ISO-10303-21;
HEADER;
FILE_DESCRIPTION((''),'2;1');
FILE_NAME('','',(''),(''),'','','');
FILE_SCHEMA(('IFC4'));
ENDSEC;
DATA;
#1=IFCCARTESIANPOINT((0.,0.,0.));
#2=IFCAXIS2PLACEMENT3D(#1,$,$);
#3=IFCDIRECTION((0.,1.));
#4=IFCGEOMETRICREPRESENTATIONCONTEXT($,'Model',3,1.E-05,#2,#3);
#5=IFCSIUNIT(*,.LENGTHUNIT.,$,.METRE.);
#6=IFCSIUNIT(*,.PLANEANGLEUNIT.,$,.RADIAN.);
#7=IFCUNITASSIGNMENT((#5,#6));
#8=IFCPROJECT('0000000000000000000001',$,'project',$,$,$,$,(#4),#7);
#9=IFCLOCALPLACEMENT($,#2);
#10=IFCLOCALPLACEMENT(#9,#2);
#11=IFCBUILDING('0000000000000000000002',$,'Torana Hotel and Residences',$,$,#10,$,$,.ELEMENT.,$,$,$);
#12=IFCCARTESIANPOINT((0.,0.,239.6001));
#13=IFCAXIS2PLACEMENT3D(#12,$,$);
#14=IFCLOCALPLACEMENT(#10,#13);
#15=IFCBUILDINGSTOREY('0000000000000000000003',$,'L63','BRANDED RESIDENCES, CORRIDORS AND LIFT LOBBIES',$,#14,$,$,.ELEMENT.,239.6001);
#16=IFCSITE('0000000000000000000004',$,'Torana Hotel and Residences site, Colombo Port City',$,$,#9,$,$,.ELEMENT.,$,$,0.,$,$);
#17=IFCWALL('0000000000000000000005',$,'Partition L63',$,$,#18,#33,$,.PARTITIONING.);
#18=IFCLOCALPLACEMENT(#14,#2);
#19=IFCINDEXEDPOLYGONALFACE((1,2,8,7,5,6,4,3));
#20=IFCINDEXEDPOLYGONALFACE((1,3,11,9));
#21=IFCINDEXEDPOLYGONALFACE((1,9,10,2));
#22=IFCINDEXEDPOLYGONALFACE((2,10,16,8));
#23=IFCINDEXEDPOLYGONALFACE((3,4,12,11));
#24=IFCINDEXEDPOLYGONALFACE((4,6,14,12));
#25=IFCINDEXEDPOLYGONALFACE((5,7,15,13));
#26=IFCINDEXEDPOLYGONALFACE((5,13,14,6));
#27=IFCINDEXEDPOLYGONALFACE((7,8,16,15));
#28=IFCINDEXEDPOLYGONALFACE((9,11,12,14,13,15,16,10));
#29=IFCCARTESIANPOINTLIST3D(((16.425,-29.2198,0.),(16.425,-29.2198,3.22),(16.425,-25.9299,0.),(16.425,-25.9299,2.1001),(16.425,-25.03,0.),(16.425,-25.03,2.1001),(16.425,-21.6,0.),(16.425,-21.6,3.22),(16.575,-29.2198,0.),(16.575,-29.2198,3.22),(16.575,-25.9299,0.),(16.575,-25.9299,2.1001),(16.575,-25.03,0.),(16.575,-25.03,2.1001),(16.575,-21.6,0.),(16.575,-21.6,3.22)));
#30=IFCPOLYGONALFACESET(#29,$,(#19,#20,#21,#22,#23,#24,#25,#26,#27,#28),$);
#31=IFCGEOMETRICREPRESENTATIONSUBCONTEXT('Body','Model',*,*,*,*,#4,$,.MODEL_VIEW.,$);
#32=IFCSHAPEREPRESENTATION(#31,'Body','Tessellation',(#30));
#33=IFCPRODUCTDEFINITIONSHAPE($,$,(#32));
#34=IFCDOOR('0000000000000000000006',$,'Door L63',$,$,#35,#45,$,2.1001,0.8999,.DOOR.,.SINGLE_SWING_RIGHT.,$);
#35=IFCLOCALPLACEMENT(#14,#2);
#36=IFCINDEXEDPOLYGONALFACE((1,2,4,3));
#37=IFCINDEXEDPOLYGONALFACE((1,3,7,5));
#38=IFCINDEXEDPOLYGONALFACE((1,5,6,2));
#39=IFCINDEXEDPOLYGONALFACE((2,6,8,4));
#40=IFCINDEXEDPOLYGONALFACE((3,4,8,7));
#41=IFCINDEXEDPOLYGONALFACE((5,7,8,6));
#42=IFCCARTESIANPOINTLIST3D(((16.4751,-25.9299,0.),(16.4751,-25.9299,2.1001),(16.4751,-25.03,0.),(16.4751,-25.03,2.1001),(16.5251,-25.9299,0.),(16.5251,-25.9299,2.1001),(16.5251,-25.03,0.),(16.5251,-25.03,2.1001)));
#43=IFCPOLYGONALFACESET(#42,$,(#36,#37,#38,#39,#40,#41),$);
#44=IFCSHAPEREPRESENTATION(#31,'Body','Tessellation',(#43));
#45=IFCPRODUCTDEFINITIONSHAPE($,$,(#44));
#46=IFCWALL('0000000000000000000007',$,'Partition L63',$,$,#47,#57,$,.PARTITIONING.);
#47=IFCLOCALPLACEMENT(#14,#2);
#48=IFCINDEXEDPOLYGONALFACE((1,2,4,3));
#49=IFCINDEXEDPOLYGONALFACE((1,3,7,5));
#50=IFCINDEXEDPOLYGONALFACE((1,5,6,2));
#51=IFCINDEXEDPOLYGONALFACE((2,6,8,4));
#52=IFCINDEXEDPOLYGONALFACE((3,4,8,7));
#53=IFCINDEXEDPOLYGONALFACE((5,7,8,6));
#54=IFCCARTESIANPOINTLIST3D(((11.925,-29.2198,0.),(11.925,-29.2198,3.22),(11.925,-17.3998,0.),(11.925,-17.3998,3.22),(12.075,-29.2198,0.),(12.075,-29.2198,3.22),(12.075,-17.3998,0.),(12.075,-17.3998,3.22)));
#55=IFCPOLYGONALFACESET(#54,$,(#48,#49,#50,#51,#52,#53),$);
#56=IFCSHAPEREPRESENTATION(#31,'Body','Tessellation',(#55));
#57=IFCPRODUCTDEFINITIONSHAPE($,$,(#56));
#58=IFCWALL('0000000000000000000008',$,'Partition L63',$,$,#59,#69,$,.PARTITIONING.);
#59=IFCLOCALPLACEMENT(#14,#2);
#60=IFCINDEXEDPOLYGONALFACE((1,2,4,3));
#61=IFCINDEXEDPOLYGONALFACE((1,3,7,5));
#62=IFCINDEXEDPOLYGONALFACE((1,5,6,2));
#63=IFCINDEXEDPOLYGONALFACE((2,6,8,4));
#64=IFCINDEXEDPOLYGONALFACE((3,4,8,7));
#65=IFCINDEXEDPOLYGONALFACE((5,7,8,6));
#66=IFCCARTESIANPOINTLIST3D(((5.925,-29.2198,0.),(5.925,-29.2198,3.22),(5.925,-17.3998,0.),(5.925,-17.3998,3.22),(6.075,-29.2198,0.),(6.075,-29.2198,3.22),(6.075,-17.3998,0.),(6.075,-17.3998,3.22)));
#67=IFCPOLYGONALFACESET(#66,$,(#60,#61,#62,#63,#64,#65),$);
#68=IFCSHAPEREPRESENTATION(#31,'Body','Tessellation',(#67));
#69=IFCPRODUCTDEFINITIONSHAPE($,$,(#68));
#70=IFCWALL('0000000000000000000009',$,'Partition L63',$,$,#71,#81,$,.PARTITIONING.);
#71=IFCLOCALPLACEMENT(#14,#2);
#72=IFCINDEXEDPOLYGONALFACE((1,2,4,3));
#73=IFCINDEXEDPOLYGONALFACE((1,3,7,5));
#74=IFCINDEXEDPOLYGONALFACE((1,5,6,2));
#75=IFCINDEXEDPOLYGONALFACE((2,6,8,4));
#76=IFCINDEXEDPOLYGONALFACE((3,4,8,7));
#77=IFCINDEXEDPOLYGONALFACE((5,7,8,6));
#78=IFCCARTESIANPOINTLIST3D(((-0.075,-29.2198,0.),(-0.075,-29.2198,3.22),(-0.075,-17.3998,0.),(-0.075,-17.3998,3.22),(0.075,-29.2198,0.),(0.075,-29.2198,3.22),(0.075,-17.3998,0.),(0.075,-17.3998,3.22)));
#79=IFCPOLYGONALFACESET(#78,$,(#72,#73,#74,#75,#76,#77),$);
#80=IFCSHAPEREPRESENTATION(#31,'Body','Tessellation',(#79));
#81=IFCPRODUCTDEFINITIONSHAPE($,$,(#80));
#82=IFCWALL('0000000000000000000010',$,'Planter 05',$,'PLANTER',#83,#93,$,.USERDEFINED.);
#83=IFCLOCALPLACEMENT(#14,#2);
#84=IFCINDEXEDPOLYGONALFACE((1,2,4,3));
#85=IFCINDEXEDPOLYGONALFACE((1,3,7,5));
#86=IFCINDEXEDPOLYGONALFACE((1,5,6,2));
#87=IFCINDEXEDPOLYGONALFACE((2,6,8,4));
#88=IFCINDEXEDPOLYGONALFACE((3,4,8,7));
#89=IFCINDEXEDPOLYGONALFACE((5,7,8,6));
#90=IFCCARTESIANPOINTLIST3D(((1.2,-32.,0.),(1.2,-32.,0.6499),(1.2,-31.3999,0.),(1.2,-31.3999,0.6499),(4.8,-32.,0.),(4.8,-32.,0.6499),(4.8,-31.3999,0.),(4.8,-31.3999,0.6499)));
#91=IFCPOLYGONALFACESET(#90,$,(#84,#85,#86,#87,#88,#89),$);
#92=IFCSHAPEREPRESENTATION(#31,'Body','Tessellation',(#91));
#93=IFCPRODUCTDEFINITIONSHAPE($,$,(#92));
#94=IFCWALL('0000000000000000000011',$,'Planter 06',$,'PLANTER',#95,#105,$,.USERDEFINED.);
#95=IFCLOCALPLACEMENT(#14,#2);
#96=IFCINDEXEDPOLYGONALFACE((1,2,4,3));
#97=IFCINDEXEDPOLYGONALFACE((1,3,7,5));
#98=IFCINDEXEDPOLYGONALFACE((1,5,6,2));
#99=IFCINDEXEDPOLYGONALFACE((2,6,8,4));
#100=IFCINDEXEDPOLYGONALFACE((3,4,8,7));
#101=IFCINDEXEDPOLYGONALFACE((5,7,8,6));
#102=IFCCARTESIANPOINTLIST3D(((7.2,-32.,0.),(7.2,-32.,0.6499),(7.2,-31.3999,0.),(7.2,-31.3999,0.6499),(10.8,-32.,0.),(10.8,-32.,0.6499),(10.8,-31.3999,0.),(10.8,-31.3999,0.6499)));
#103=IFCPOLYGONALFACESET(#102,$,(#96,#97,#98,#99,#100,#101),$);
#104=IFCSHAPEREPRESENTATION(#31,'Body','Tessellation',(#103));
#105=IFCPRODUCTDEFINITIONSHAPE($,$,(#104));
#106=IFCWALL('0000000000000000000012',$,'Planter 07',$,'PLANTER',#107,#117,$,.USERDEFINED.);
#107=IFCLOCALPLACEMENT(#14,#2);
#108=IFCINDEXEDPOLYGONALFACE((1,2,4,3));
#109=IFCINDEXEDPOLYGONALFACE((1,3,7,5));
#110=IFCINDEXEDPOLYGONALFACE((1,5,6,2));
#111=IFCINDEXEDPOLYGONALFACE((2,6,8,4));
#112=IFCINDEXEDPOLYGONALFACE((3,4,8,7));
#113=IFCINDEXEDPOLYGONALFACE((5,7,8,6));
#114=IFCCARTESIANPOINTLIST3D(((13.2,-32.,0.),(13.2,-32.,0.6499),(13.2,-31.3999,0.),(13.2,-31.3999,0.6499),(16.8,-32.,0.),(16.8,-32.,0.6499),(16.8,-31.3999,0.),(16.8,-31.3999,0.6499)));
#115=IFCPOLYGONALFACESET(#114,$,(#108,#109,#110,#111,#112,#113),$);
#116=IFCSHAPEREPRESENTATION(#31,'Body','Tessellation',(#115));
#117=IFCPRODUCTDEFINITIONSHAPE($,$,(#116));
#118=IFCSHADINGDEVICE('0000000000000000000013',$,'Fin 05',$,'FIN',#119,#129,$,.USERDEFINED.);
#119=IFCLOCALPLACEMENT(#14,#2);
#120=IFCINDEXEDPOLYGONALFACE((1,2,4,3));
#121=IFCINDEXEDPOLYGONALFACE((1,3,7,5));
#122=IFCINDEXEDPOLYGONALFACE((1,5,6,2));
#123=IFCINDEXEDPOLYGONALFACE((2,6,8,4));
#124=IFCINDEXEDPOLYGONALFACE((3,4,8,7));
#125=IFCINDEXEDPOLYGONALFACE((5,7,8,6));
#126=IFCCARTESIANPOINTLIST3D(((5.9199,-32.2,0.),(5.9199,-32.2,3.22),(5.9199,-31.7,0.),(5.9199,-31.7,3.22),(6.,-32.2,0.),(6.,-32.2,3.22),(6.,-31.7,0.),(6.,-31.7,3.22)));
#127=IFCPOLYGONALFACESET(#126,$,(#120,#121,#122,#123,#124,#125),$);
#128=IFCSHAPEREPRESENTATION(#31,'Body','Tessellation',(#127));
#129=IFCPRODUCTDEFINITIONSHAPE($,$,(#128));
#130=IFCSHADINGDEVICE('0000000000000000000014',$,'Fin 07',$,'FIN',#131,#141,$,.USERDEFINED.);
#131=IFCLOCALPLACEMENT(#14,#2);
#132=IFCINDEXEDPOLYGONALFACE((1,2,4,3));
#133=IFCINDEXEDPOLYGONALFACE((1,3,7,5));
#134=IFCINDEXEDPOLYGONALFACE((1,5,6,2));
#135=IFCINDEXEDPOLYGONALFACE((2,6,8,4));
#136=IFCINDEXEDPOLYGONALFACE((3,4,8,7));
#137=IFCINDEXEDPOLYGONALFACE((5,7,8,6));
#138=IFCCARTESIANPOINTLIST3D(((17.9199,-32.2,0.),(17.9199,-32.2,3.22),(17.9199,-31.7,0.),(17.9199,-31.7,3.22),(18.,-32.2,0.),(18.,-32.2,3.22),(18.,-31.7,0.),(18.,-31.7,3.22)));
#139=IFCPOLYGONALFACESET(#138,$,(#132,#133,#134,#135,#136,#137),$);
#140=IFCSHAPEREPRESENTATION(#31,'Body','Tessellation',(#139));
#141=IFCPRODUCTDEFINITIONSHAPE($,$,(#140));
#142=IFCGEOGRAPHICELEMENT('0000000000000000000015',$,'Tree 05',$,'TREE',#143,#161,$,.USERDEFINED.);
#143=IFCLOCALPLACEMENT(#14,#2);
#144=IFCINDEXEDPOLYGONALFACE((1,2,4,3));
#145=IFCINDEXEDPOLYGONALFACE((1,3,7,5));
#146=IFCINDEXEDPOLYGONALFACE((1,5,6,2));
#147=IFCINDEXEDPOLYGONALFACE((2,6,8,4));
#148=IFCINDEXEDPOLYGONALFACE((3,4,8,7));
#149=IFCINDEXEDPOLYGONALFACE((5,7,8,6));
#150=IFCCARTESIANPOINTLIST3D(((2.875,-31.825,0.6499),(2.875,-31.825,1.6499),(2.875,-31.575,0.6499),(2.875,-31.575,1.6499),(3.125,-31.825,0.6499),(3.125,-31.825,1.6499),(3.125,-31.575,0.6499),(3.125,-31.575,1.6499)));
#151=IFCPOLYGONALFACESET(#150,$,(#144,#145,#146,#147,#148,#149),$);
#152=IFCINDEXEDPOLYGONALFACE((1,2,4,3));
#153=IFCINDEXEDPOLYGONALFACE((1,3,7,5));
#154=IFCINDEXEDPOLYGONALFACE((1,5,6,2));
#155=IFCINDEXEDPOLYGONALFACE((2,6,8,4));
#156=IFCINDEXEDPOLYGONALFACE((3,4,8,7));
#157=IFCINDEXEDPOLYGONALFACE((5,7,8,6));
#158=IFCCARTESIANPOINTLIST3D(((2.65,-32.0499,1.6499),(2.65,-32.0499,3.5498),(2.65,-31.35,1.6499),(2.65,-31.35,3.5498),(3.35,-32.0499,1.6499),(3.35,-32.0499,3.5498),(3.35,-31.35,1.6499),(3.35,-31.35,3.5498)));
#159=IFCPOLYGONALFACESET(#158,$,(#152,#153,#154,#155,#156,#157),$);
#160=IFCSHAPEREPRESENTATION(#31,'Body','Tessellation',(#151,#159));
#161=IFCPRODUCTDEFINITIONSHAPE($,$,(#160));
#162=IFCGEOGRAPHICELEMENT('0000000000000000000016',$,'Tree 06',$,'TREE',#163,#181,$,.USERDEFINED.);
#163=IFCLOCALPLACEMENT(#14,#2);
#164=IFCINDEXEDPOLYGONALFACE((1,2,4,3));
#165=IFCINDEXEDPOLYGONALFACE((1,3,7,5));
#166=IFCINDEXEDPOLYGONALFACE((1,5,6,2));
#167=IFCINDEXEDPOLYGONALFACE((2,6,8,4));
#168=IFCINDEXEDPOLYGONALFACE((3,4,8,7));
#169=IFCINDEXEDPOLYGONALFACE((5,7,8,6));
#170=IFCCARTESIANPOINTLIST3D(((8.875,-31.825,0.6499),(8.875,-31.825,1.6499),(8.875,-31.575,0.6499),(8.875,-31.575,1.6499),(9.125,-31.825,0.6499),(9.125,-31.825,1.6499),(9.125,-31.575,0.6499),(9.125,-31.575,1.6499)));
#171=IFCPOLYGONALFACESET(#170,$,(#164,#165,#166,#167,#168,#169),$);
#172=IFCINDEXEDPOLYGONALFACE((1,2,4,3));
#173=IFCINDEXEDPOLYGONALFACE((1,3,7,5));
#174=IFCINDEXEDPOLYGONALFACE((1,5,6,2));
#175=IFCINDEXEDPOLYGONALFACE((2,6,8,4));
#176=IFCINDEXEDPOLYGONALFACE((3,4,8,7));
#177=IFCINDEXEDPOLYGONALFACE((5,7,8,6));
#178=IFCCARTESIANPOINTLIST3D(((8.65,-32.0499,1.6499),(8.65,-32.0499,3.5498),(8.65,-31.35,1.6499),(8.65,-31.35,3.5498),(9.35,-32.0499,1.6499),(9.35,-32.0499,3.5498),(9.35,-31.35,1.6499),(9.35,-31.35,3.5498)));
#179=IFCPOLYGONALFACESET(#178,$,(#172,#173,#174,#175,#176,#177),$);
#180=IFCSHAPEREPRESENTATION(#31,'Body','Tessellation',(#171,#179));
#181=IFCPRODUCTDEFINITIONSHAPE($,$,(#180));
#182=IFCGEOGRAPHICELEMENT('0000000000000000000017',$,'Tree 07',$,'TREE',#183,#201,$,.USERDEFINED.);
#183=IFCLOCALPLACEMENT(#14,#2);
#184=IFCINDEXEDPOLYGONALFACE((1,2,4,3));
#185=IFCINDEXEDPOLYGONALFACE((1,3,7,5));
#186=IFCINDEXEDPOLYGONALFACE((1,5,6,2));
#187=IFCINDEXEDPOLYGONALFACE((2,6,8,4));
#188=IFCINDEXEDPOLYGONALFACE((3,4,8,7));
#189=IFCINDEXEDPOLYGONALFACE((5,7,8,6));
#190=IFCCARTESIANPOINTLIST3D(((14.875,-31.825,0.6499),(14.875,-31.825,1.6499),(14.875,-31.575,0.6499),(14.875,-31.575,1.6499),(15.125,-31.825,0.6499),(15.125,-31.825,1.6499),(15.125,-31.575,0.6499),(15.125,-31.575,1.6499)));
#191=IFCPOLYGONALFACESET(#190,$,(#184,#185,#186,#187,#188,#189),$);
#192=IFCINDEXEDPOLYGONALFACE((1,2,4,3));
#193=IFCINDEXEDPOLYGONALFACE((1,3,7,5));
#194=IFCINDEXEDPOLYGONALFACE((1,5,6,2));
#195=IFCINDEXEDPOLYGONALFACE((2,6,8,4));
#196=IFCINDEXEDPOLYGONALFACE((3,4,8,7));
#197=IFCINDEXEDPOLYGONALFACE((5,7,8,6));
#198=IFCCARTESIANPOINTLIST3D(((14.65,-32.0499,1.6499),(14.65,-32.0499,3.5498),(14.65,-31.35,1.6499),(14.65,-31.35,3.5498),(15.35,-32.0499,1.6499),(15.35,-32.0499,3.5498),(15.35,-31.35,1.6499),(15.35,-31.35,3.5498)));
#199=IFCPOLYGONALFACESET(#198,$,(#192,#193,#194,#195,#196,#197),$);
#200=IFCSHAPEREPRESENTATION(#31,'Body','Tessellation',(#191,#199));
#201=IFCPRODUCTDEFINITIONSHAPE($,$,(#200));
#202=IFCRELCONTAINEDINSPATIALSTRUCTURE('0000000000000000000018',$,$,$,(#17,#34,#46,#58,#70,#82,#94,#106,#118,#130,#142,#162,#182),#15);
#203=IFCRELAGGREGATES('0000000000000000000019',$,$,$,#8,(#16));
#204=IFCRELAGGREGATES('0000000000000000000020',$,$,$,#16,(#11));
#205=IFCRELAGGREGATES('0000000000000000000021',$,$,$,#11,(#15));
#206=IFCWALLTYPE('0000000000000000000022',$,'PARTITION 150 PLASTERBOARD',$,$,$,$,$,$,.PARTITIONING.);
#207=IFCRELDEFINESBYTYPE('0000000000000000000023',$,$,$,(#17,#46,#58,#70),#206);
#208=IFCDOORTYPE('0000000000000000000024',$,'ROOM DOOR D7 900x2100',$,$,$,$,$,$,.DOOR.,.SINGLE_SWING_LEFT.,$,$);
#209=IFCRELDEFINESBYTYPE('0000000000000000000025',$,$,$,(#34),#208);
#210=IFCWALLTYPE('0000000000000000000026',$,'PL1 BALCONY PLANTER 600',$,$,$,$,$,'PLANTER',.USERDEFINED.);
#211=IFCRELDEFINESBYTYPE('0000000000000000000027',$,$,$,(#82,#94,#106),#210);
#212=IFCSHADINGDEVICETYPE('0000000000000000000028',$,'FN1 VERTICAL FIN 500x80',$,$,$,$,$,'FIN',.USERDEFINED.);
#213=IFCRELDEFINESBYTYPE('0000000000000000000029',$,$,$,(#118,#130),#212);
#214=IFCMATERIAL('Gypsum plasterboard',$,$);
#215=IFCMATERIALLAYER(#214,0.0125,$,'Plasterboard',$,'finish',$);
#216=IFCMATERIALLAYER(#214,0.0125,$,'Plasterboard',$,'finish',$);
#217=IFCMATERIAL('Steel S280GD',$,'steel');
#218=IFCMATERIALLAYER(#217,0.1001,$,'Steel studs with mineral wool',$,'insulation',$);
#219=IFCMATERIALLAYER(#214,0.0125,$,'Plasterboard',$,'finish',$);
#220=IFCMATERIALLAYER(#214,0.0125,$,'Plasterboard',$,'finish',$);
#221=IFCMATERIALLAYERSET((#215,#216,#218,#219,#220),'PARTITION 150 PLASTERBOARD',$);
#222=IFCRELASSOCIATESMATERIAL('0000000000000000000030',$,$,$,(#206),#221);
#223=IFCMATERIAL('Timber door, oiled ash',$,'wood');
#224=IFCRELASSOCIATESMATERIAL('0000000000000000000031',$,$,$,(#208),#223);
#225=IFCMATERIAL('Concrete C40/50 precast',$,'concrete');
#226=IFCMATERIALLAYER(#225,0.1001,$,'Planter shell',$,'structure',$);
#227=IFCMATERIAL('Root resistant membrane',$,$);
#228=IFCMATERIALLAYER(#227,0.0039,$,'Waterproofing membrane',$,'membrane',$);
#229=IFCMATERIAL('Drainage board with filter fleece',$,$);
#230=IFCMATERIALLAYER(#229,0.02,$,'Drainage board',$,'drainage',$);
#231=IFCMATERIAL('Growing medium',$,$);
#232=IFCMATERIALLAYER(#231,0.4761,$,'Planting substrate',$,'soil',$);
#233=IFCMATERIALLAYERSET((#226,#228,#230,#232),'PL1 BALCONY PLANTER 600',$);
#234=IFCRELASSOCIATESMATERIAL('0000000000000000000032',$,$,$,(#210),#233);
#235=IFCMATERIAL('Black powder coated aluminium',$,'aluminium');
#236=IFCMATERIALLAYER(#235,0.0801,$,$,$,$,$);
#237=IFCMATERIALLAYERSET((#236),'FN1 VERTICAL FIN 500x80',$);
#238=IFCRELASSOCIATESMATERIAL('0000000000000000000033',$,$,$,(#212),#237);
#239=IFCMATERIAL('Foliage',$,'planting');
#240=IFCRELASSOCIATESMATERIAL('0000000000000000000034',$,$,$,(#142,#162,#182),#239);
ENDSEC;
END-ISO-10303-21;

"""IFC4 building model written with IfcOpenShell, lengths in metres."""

from ifc_helpers import new_model, si_unit, direction, frame, frame_2d, origin, origin_2d, place, context, subcontext, project, spatial, rectangle, extrude, material, layer, layer_set, type_object, element, fill, save


model = new_model("IFC4")

# Units and contexts
model_context = context("Model", 3, precision=1e-05, world=origin(), true_north=direction((0.0, 1.0)))
body_context = subcontext(model_context, "Body", "Model", "MODEL_VIEW")
ifc_project = project(units=[si_unit("LENGTHUNIT", "METRE"), si_unit("PLANEANGLEUNIT", "RADIAN")], contexts=[model_context])

# Site, building, storey
site_placement = place(None, origin())
site = spatial("IfcSite", under=ifc_project, at=site_placement, Name="Torana Hotel and Residences site, Colombo Port City", CompositionType="ELEMENT", RefElevation=0.0)
building_placement = place(site_placement, origin())
building = spatial("IfcBuilding", under=site, at=building_placement, Name="Torana Hotel and Residences", CompositionType="ELEMENT")
storey_placement = place(building_placement, frame((0.0, 0.0, 239.6001)))
storey = spatial("IfcBuildingStorey", under=building, at=storey_placement, Name="L63", Description="BRANDED RESIDENCES, CORRIDORS AND LIFT LOBBIES", CompositionType="ELEMENT", Elevation=239.6001)

# Wall, opening, door
ifc_material_1 = material(Name="Gypsum plasterboard")
ifc_layer_1 = layer(ifc_material_1, 0.0125, Name="Plasterboard", Category="finish")
ifc_layer_2 = layer(ifc_material_1, 0.0125, Name="Plasterboard", Category="finish")
ifc_material_2 = material(Name="Steel S280GD", Category="steel")
ifc_layer_3 = layer(ifc_material_2, 0.1001, Name="Steel studs with mineral wool", Category="insulation")
ifc_layer_4 = layer(ifc_material_1, 0.0125, Name="Plasterboard", Category="finish")
ifc_layer_5 = layer(ifc_material_1, 0.0125, Name="Plasterboard", Category="finish")
ifc_layer_set_1 = layer_set([ifc_layer_1, ifc_layer_2, ifc_layer_3, ifc_layer_4, ifc_layer_5], Name="PARTITION 150 PLASTERBOARD")
wall_type_1 = type_object("IfcWallType", Name="PARTITION 150 PLASTERBOARD", PredefinedType="PARTITIONING", material=ifc_layer_set_1)
wall_placement = place(storey_placement, frame((16.5, -29.22, 0.0), z_axis=(0.0, 0.0, 1.0), x_axis=(0.0, 1.0, 0.0)))
wall = element("IfcWall", 1, at=wall_placement, inside=storey, type_object=wall_type_1, Name="Partition L63", PredefinedType="PARTITIONING", context=body_context, shape_type="SweptSolid", body=[
    extrude(rectangle(XDim=7.6199, YDim=0.1499, at=frame_2d((3.8101, 0.0))), origin(), (0.0, 0.0, 1.0), 3.22),
])
opening_placement = place(wall_placement, frame((3.29, 0.0, 0.0)))
opening = element("IfcOpeningElement", 2, at=opening_placement, cuts=wall, PredefinedType="OPENING", context=body_context, shape_type="SweptSolid", body=[
    extrude(rectangle(XDim=0.8999, YDim=2.1001, at=frame_2d((0.45, 1.05))), frame((0.0, 0.085, 0.0), z_axis=(0.0, -1.0, 0.0), x_axis=(1.0, 0.0, 0.0)), (0.0, 0.0, 1.0), 0.1699),
])
ifc_material_3 = material(Name="Timber door, oiled ash", Category="wood")
door_type = type_object("IfcDoorType", Name="ROOM DOOR D7 900x2100", OperationType="SINGLE_SWING_LEFT", PredefinedType="DOOR", material=ifc_material_3)
door_placement = place(opening_placement, origin())
door = element("IfcDoor", 3, at=door_placement, inside=storey, type_object=door_type, Name="Door L63", OperationType="SINGLE_SWING_RIGHT", OverallHeight=2.1001, OverallWidth=0.8999, PredefinedType="DOOR", context=body_context, shape_type="SweptSolid", body=[
    extrude(rectangle(XDim=0.8999, YDim=2.1001, at=frame_2d((0.45, 1.05))), frame((0.0, 0.0249, 0.0), z_axis=(0.0, -1.0, 0.0), x_axis=(1.0, 0.0, 0.0)), (0.0, 0.0, 1.0), 0.05),
])
fill(opening, door)

# Walls
for number, where, z_axis, x_axis, name in (
    (4, (12.0, -29.22, 0.0), (0.0, 0.0, 1.0), (0.0, 1.0, 0.0), "Partition L63"),
    (5, (6.0, -29.22, 0.0), (0.0, 0.0, 1.0), (0.0, 1.0, 0.0), "Partition L63"),
    (6, (0.0, -29.22, 0.0), (0.0, 0.0, 1.0), (0.0, 1.0, 0.0), "Partition L63"),
):
    element("IfcWall", number, at=place(storey_placement, frame(where, z_axis=z_axis, x_axis=x_axis)), inside=storey, type_object=wall_type_1, Name=name, PredefinedType="PARTITIONING", context=body_context, shape_type="SweptSolid", body=[
        extrude(rectangle(XDim=11.8201, YDim=0.1499, at=frame_2d((5.9102, 0.0))), origin(), (0.0, 0.0, 1.0), 3.22),
    ])
ifc_material_4 = material(Name="Concrete C40/50 precast", Category="concrete")
ifc_layer_6 = layer(ifc_material_4, 0.1001, Name="Planter shell", Category="structure")
ifc_material_5 = material(Name="Root resistant membrane")
ifc_layer_7 = layer(ifc_material_5, 0.0039, Name="Waterproofing membrane", Category="membrane")
ifc_material_6 = material(Name="Drainage board with filter fleece")
ifc_layer_8 = layer(ifc_material_6, 0.02, Name="Drainage board", Category="drainage")
ifc_material_7 = material(Name="Growing medium")
ifc_layer_9 = layer(ifc_material_7, 0.4761, Name="Planting substrate", Category="soil")
ifc_layer_set_2 = layer_set([ifc_layer_6, ifc_layer_7, ifc_layer_8, ifc_layer_9], Name="PL1 BALCONY PLANTER 600")
wall_type_2 = type_object("IfcWallType", Name="PL1 BALCONY PLANTER 600", ElementType="PLANTER", PredefinedType="USERDEFINED", material=ifc_layer_set_2)
for number, where, z_axis, x_axis, name in (
    (7, (4.8, -31.7, 0.0), (0.0, 0.0, 1.0), (-1.0, 0.0, 0.0), "Planter 05"),
    (8, (10.8, -31.7, 0.0), (0.0, 0.0, 1.0), (-1.0, 0.0, 0.0), "Planter 06"),
    (9, (16.8, -31.7, 0.0), (0.0, 0.0, 1.0), (-1.0, 0.0, 0.0), "Planter 07"),
):
    element("IfcWall", number, at=place(storey_placement, frame(where, z_axis=z_axis, x_axis=x_axis)), inside=storey, type_object=wall_type_2, Name=name, ObjectType="PLANTER", PredefinedType="USERDEFINED", context=body_context, shape_type="SweptSolid", body=[
        extrude(rectangle(XDim=3.6001, YDim=0.6001, at=frame_2d((1.8, 0.0))), origin(), (0.0, 0.0, 1.0), 0.6499),
    ])

# Shading devices
ifc_material_8 = material(Name="Black powder coated aluminium", Category="aluminium")
ifc_layer_10 = layer(ifc_material_8, 0.0801)
ifc_layer_set_3 = layer_set([ifc_layer_10], Name="FN1 VERTICAL FIN 500x80")
shading_device_type = type_object("IfcShadingDeviceType", Name="FN1 VERTICAL FIN 500x80", ElementType="FIN", PredefinedType="USERDEFINED", material=ifc_layer_set_3)
for number, where, z_axis, x_axis, name in (
    (10, (5.96, -31.95, 0.0), (0.0, 0.0, 1.0), (-1.0, 0.0, 0.0), "Fin 05"),
    (11, (17.96, -31.95, 0.0), (0.0, 0.0, 1.0), (-1.0, 0.0, 0.0), "Fin 07"),
):
    element("IfcShadingDevice", number, at=place(storey_placement, frame(where, z_axis=z_axis, x_axis=x_axis)), inside=storey, type_object=shading_device_type, Name=name, ObjectType="FIN", PredefinedType="USERDEFINED", context=body_context, shape_type="SweptSolid", body=[
        extrude(rectangle(XDim=0.0801, YDim=0.5, at=origin_2d()), origin(), (0.0, 0.0, 1.0), 3.22),
    ])

# Geographic elements
ifc_material_9 = material(Name="Foliage", Category="planting")
for number, where, z_axis, x_axis, name in (
    (12, (3.0, -31.7, 0.6499), (0.0, 0.0, 1.0), (1.0, 0.0, 0.0), "Tree 05"),
    (13, (9.0, -31.7, 0.6499), (0.0, 0.0, 1.0), (1.0, 0.0, 0.0), "Tree 06"),
    (14, (15.0, -31.7, 0.6499), (0.0, 0.0, 1.0), (1.0, 0.0, 0.0), "Tree 07"),
):
    element("IfcGeographicElement", number, at=place(storey_placement, frame(where, z_axis=z_axis, x_axis=x_axis)), inside=storey, material=ifc_material_9, Name=name, ObjectType="TREE", PredefinedType="USERDEFINED", context=body_context, shape_type="SweptSolid", body=[
        extrude(rectangle(XDim=0.25, YDim=0.25, at=origin_2d()), origin(), (0.0, 0.0, 1.0), 1.0),
        extrude(rectangle(XDim=0.7, YDim=0.7, at=origin_2d()), frame((0.0, 0.0, 1.0)), (0.0, 0.0, 1.0), 1.8999),
    ])

save(model, "model.ifc")
